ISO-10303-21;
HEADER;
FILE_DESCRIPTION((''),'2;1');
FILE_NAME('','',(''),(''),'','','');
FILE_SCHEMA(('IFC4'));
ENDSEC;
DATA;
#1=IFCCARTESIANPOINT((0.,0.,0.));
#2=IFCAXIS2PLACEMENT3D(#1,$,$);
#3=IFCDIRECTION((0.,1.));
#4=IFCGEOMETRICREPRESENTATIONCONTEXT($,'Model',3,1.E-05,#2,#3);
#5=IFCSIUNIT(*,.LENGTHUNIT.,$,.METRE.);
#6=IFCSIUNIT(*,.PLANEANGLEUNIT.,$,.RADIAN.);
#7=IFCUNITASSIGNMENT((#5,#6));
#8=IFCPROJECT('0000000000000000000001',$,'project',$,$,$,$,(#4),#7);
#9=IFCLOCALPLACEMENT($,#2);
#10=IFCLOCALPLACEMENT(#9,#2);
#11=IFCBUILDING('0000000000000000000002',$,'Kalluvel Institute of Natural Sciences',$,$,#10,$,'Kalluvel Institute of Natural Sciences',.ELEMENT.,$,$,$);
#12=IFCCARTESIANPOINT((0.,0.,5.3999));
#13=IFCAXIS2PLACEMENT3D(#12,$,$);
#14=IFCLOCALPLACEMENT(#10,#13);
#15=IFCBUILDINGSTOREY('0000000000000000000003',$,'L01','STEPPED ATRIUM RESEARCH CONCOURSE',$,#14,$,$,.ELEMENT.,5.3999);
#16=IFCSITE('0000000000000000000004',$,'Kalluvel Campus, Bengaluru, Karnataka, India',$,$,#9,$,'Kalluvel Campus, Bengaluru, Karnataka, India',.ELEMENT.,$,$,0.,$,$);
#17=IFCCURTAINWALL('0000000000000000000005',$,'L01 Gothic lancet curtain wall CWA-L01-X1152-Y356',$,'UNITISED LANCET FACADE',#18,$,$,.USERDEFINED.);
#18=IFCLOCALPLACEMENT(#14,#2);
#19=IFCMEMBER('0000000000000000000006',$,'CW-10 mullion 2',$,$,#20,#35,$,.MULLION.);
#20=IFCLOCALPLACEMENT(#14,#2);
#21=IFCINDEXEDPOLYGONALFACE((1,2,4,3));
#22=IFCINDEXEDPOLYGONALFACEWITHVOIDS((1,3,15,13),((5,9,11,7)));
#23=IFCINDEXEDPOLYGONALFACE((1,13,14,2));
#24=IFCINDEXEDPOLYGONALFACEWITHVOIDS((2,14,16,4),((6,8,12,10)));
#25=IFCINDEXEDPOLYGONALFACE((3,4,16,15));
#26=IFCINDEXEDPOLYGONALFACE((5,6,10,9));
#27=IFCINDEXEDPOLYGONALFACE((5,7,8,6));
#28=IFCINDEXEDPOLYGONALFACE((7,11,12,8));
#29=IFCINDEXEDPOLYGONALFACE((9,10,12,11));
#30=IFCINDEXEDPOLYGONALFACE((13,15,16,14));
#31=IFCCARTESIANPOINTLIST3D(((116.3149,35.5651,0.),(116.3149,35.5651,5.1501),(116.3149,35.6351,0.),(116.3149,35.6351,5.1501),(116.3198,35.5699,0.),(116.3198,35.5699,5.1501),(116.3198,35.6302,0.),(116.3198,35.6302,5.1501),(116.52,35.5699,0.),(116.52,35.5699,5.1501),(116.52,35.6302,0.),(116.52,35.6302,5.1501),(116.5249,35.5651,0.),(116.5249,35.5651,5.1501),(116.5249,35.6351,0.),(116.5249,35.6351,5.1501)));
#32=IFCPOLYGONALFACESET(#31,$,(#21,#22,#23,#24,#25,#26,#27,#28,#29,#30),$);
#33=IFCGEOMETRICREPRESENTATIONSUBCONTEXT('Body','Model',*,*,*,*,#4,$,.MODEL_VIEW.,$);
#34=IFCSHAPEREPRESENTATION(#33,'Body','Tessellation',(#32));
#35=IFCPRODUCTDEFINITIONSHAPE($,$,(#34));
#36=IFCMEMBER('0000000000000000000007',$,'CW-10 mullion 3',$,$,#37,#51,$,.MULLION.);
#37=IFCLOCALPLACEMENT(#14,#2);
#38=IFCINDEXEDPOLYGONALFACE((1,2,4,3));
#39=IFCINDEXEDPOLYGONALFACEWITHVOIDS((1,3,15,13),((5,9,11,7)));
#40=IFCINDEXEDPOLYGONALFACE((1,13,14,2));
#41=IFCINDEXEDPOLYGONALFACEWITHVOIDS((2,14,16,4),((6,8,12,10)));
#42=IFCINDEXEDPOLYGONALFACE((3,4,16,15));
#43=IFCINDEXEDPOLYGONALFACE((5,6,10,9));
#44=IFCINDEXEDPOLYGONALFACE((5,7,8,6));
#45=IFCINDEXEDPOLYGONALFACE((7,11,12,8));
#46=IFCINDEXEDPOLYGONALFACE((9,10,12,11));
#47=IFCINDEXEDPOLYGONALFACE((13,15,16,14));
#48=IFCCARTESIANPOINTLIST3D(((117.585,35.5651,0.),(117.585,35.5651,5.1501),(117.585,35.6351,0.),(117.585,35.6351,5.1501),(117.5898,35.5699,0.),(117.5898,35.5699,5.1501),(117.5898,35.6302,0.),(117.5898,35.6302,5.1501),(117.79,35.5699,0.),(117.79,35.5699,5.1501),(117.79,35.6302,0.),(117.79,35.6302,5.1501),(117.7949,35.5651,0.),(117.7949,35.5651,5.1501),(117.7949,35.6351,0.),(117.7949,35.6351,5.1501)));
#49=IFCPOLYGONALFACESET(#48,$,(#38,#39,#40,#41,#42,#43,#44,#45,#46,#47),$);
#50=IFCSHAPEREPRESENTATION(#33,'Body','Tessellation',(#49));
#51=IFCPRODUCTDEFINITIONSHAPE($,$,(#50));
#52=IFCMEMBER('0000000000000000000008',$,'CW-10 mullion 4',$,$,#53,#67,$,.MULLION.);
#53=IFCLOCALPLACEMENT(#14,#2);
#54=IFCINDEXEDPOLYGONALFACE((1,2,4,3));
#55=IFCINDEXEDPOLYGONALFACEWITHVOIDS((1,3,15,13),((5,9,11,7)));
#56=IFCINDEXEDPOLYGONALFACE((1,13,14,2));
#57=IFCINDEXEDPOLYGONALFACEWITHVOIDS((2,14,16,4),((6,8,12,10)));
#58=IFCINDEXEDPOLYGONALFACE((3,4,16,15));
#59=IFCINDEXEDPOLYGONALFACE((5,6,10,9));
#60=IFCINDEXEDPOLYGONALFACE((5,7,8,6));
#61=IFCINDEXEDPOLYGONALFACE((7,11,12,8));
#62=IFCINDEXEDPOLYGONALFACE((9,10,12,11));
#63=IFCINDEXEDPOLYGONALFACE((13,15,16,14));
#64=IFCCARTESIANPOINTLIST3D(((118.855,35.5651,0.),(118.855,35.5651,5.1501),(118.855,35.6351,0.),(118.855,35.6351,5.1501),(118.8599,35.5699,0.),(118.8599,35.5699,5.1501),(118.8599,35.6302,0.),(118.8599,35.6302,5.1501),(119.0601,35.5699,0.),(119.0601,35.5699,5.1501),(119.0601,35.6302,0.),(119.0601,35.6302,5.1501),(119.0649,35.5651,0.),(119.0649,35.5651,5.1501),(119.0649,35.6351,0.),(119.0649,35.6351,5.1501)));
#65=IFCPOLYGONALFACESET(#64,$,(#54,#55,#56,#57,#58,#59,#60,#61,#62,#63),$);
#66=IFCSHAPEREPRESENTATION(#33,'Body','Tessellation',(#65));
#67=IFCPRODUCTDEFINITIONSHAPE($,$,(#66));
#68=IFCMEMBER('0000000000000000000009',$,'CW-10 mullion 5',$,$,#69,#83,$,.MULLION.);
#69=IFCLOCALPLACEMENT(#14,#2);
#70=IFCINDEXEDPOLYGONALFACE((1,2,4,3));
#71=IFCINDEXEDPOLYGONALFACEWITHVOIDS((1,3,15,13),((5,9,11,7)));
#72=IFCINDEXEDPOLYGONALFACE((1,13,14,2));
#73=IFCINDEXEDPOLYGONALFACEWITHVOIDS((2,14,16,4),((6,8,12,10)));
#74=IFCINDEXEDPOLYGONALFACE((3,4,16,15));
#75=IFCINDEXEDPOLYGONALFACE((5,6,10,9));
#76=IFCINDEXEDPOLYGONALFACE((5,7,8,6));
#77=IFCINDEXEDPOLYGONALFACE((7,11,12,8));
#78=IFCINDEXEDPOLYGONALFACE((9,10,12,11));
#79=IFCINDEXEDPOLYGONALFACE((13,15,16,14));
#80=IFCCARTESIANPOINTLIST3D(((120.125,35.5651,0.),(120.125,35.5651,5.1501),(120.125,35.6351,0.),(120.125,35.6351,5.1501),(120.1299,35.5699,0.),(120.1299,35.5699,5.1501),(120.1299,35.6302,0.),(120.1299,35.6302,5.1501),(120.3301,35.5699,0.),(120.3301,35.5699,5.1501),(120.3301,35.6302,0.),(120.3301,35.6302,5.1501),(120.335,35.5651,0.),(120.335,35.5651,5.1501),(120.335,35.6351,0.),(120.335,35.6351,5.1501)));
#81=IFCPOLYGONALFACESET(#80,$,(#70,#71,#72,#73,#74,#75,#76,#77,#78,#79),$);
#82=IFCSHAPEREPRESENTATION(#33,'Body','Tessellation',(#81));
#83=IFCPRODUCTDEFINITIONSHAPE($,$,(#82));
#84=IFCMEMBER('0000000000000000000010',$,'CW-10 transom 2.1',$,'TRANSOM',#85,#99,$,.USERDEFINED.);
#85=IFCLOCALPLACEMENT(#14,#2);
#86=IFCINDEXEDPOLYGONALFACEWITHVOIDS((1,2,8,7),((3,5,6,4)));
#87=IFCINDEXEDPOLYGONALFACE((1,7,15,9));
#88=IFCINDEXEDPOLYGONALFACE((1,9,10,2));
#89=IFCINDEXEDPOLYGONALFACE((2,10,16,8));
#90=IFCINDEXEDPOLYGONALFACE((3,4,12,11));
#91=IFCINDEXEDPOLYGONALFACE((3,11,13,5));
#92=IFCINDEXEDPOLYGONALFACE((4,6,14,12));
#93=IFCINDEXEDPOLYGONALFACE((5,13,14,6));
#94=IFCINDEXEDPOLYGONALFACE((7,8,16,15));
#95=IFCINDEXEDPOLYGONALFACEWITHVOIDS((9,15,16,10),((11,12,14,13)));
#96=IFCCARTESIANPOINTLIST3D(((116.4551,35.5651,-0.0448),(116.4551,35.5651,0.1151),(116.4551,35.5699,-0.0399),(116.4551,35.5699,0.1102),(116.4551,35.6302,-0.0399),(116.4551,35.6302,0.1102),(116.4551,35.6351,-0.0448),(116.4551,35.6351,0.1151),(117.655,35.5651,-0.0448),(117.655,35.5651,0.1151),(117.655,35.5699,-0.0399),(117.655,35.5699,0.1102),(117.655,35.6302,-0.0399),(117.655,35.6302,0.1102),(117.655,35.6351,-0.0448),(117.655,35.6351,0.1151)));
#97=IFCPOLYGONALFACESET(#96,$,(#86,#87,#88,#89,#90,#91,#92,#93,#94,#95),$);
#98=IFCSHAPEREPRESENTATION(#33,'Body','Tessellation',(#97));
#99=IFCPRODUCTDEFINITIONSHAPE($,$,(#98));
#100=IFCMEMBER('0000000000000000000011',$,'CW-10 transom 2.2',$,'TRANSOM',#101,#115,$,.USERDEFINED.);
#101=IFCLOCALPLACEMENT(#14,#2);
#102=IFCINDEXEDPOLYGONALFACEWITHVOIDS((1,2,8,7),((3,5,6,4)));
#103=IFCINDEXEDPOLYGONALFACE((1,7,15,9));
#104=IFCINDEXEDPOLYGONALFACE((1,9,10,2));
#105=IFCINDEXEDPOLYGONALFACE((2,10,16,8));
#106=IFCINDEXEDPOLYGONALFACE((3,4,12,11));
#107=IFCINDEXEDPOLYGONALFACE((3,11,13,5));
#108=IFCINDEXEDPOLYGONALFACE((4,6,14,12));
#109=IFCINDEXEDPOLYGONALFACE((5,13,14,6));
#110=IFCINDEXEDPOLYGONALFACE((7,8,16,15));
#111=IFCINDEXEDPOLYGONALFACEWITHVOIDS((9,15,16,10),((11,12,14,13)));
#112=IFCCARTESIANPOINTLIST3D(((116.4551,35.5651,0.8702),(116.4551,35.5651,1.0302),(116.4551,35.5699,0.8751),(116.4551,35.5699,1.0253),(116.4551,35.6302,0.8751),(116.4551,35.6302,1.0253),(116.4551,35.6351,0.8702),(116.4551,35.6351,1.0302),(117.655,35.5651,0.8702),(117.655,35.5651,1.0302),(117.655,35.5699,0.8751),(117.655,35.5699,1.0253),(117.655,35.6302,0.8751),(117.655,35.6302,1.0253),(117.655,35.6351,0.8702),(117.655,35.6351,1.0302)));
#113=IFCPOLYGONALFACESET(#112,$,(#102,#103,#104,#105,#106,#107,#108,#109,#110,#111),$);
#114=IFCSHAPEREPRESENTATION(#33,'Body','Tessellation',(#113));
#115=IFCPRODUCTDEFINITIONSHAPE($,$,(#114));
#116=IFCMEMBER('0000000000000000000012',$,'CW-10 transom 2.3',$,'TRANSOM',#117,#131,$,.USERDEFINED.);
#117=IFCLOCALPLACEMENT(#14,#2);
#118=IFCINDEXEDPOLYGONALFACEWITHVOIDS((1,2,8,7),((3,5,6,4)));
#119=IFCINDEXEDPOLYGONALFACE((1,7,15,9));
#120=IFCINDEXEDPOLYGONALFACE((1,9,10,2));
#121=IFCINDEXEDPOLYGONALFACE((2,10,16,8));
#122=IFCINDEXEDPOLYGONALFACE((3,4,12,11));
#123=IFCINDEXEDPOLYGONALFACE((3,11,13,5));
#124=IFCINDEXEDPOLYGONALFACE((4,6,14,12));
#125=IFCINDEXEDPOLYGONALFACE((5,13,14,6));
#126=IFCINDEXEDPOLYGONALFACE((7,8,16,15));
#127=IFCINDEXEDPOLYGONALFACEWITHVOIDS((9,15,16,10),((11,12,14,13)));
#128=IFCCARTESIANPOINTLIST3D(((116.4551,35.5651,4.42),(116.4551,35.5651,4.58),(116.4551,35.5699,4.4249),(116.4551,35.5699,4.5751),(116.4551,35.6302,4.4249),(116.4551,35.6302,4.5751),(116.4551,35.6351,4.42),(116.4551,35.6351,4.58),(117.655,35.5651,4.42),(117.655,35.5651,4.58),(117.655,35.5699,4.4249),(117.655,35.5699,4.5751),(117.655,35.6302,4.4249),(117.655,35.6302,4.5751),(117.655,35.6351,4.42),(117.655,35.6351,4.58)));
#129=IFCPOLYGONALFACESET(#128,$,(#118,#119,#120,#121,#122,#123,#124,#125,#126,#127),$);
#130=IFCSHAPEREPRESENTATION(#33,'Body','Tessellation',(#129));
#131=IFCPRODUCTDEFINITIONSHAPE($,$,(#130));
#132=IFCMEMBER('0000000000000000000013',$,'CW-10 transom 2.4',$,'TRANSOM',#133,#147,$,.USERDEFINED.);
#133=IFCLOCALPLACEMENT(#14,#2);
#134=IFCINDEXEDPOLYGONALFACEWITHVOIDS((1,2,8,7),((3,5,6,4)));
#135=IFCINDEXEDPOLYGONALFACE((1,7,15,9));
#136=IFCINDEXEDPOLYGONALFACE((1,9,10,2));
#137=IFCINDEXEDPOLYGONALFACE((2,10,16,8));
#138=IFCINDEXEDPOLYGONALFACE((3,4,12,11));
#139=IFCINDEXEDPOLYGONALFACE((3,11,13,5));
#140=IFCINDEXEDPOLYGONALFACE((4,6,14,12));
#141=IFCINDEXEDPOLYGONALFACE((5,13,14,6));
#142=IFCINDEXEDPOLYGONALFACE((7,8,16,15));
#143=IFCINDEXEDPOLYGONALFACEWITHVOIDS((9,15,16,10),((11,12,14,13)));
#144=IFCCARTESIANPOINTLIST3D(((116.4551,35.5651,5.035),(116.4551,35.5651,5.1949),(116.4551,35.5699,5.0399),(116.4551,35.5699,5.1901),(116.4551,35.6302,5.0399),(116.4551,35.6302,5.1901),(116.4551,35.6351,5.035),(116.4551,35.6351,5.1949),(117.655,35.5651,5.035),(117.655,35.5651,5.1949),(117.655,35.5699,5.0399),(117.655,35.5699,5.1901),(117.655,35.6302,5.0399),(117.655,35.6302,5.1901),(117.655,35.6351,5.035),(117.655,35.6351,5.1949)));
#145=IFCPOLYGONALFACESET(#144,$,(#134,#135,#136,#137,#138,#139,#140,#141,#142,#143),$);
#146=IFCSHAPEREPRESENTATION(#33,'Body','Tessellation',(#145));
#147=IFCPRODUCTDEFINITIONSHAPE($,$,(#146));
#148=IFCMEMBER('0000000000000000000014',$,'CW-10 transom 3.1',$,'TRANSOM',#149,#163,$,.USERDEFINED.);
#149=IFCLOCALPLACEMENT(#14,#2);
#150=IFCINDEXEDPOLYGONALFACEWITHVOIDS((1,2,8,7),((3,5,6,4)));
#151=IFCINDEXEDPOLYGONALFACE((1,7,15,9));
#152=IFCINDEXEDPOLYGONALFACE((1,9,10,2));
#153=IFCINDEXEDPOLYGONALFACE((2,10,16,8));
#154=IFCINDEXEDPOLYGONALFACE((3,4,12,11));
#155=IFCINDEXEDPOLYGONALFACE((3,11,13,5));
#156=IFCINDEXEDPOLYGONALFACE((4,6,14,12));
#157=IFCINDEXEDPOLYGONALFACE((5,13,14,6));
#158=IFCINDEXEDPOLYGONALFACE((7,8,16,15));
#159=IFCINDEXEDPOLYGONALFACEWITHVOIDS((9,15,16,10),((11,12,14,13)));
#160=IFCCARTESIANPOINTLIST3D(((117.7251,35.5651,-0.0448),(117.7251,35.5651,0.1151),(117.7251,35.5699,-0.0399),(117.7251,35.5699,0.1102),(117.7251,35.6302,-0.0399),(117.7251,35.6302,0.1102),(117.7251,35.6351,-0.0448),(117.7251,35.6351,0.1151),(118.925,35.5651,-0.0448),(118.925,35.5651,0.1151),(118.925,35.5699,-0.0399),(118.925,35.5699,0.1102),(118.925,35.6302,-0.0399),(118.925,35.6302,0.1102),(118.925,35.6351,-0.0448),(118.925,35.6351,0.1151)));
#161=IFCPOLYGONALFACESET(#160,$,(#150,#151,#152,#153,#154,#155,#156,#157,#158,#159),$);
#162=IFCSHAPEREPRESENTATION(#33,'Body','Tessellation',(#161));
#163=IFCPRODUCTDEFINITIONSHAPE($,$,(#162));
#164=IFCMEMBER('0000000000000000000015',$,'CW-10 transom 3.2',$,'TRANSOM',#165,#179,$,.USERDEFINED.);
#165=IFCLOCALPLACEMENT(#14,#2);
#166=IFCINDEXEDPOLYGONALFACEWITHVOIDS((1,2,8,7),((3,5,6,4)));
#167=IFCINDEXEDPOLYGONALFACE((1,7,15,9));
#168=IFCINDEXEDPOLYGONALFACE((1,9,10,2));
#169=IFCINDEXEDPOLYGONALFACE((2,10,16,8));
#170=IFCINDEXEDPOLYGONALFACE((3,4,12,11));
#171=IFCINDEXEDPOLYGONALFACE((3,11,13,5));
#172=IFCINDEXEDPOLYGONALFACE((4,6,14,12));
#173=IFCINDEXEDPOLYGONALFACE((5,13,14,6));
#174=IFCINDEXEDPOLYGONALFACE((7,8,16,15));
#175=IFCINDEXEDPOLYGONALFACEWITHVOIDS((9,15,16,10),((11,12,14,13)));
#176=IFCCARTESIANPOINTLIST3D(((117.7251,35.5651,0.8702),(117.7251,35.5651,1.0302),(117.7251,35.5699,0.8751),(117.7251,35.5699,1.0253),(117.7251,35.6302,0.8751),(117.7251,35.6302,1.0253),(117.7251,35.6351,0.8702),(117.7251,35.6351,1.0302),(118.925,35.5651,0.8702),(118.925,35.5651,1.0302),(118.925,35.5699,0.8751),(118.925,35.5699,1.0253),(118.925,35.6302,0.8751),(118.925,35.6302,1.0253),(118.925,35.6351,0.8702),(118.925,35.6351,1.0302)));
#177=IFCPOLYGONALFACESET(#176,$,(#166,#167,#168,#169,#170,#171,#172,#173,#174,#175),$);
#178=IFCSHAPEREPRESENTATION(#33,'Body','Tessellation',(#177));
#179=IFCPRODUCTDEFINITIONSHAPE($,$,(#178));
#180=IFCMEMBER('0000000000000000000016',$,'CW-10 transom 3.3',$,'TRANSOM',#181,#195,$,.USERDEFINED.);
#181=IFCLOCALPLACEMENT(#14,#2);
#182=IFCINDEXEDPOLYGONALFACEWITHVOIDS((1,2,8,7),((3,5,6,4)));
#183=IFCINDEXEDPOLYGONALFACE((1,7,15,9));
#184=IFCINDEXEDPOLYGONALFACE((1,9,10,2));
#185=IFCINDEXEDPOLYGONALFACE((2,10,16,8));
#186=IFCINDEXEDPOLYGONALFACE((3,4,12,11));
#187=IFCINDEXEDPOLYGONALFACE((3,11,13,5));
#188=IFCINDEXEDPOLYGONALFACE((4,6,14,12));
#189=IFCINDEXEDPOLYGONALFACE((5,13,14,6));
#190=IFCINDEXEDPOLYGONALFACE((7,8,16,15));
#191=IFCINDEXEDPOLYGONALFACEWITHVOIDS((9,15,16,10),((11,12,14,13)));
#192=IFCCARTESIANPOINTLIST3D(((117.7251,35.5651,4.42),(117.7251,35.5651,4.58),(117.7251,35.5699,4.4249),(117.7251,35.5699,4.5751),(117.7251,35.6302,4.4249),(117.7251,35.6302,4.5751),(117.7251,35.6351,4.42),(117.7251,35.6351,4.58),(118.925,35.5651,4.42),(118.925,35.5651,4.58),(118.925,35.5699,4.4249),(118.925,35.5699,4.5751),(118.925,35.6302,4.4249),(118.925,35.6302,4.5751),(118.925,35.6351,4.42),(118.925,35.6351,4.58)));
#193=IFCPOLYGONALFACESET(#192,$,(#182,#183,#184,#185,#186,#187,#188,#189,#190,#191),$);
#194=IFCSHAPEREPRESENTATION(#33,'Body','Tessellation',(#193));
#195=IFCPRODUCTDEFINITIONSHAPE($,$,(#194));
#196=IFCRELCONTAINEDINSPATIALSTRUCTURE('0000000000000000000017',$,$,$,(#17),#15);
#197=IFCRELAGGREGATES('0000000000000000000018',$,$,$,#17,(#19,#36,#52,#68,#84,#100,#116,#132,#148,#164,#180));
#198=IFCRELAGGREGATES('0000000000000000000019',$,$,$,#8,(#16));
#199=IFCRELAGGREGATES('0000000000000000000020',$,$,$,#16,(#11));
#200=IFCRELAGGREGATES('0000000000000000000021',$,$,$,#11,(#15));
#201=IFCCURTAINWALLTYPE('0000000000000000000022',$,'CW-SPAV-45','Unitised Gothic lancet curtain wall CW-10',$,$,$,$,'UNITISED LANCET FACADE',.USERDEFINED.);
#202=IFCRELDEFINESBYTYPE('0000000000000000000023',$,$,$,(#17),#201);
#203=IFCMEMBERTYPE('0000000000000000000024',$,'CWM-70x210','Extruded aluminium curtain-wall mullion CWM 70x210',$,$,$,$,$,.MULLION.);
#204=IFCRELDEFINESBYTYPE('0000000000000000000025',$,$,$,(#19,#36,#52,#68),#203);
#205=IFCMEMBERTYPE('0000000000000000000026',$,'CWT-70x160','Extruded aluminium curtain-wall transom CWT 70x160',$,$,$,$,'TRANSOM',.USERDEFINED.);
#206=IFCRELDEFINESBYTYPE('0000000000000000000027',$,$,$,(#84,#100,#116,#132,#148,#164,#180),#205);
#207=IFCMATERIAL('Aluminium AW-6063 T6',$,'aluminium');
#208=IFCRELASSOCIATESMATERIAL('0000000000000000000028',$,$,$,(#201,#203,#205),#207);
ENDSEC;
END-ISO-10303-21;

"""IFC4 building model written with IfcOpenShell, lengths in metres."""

from ifc_helpers import new_model, si_unit, direction, frame, origin, origin_2d, place, context, subcontext, project, spatial, hollow_rectangle, extrude, material, material_profile, profile_set, type_object, element, aggregate, save


model = new_model("IFC4")

# Units and contexts
model_context = context("Model", 3, precision=1e-05, world=origin(), true_north=direction((0.0, 1.0)))
body_context = subcontext(model_context, "Body", "Model", "MODEL_VIEW")
ifc_project = project(units=[si_unit("LENGTHUNIT", "METRE"), si_unit("PLANEANGLEUNIT", "RADIAN")], contexts=[model_context])

# Site, building, storey
site_placement = place(None, origin())
site = spatial("IfcSite", under=ifc_project, at=site_placement, Name="Kalluvel Campus, Bengaluru, Karnataka, India", LongName="Kalluvel Campus, Bengaluru, Karnataka, India", CompositionType="ELEMENT", RefElevation=0.0)
building_placement = place(site_placement, origin())
building = spatial("IfcBuilding", under=site, at=building_placement, Name="Kalluvel Institute of Natural Sciences", LongName="Kalluvel Institute of Natural Sciences", CompositionType="ELEMENT")
storey_placement = place(building_placement, frame((0.0, 0.0, 5.3999)))
storey = spatial("IfcBuildingStorey", under=building, at=storey_placement, Name="L01", Description="STEPPED ATRIUM RESEARCH CONCOURSE", CompositionType="ELEMENT", Elevation=5.3999)

# Curtain wall, members
ifc_material_1 = material(Name="Aluminium AW-6063 T6", Category="aluminium")
curtain_wall_type = type_object("IfcCurtainWallType", Name="CW-SPAV-45", Description="Unitised Gothic lancet curtain wall CW-10", ElementType="UNITISED LANCET FACADE", PredefinedType="USERDEFINED", material=ifc_material_1)
curtain_wall_placement = place(storey_placement, origin())
curtain_wall = element("IfcCurtainWall", 1, at=curtain_wall_placement, inside=storey, type_object=curtain_wall_type, Name="L01 Gothic lancet curtain wall CWA-L01-X1152-Y356", ObjectType="UNITISED LANCET FACADE", PredefinedType="USERDEFINED")
ifc_material_profile_1 = material_profile(ifc_material_1, hollow_rectangle(XDim=0.0701, YDim=0.21, WallThickness=0.0049, at=origin_2d()), Name="CWM 70x210")
ifc_profile_set_1 = profile_set([ifc_material_profile_1], Name="Aluminium AW-6063 T6")
member_type_1 = type_object("IfcMemberType", Name="CWM-70x210", Description="Extruded aluminium curtain-wall mullion CWM 70x210", PredefinedType="MULLION", material=ifc_profile_set_1)
member_1_placement = place(storey_placement, frame((116.4199, 35.6001, 0.0), z_axis=(0.0, 0.0, 1.0), x_axis=(0.0, 1.0, 0.0)))
member_1 = element("IfcMember", 2, at=member_1_placement, type_object=member_type_1, Name="CW-10 mullion 2", PredefinedType="MULLION", context=body_context, shape_type="SweptSolid", body=[
    extrude(hollow_rectangle(XDim=0.0701, YDim=0.21, WallThickness=0.0049, at=origin_2d()), origin(), (0.0, 0.0, 1.0), 5.1501),
])
member_2_placement = place(storey_placement, frame((117.6899, 35.6001, 0.0), z_axis=(0.0, 0.0, 1.0), x_axis=(0.0, 1.0, 0.0)))
member_2 = element("IfcMember", 3, at=member_2_placement, type_object=member_type_1, Name="CW-10 mullion 3", PredefinedType="MULLION", context=body_context, shape_type="SweptSolid", body=[
    extrude(hollow_rectangle(XDim=0.0701, YDim=0.21, WallThickness=0.0049, at=origin_2d()), origin(), (0.0, 0.0, 1.0), 5.1501),
])
member_3_placement = place(storey_placement, frame((118.96, 35.6001, 0.0), z_axis=(0.0, 0.0, 1.0), x_axis=(0.0, 1.0, 0.0)))
member_3 = element("IfcMember", 4, at=member_3_placement, type_object=member_type_1, Name="CW-10 mullion 4", PredefinedType="MULLION", context=body_context, shape_type="SweptSolid", body=[
    extrude(hollow_rectangle(XDim=0.0701, YDim=0.21, WallThickness=0.0049, at=origin_2d()), origin(), (0.0, 0.0, 1.0), 5.1501),
])
member_4_placement = place(storey_placement, frame((120.23, 35.6001, 0.0), z_axis=(0.0, 0.0, 1.0), x_axis=(0.0, 1.0, 0.0)))
member_4 = element("IfcMember", 5, at=member_4_placement, type_object=member_type_1, Name="CW-10 mullion 5", PredefinedType="MULLION", context=body_context, shape_type="SweptSolid", body=[
    extrude(hollow_rectangle(XDim=0.0701, YDim=0.21, WallThickness=0.0049, at=origin_2d()), origin(), (0.0, 0.0, 1.0), 5.1501),
])
ifc_material_profile_2 = material_profile(ifc_material_1, hollow_rectangle(XDim=0.0701, YDim=0.1599, WallThickness=0.0049, at=origin_2d()), Name="CWT 70x160")
ifc_profile_set_2 = profile_set([ifc_material_profile_2], Name="Aluminium AW-6063 T6")
member_type_2 = type_object("IfcMemberType", Name="CWT-70x160", Description="Extruded aluminium curtain-wall transom CWT 70x160", ElementType="TRANSOM", PredefinedType="USERDEFINED", material=ifc_profile_set_2)
member_5_placement = place(storey_placement, frame((116.4551, 35.6001, 0.0352), z_axis=(1.0, 0.0, 0.0), x_axis=(0.0, 1.0, 0.0)))
member_5 = element("IfcMember", 6, at=member_5_placement, type_object=member_type_2, Name="CW-10 transom 2.1", ObjectType="TRANSOM", PredefinedType="USERDEFINED", context=body_context, shape_type="SweptSolid", body=[
    extrude(hollow_rectangle(XDim=0.0701, YDim=0.1599, WallThickness=0.0049, at=origin_2d()), origin(), (0.0, 0.0, 1.0), 1.2),
])
member_6_placement = place(storey_placement, frame((116.4551, 35.6001, 0.9502), z_axis=(1.0, 0.0, 0.0), x_axis=(0.0, 1.0, 0.0)))
member_6 = element("IfcMember", 7, at=member_6_placement, type_object=member_type_2, Name="CW-10 transom 2.2", ObjectType="TRANSOM", PredefinedType="USERDEFINED", context=body_context, shape_type="SweptSolid", body=[
    extrude(hollow_rectangle(XDim=0.0701, YDim=0.1599, WallThickness=0.0049, at=origin_2d()), origin(), (0.0, 0.0, 1.0), 1.2),
])
member_7_placement = place(storey_placement, frame((116.4551, 35.6001, 4.5), z_axis=(1.0, 0.0, 0.0), x_axis=(0.0, 1.0, 0.0)))
member_7 = element("IfcMember", 8, at=member_7_placement, type_object=member_type_2, Name="CW-10 transom 2.3", ObjectType="TRANSOM", PredefinedType="USERDEFINED", context=body_context, shape_type="SweptSolid", body=[
    extrude(hollow_rectangle(XDim=0.0701, YDim=0.1599, WallThickness=0.0049, at=origin_2d()), origin(), (0.0, 0.0, 1.0), 1.2),
])
member_8_placement = place(storey_placement, frame((116.4551, 35.6001, 5.115), z_axis=(1.0, 0.0, 0.0), x_axis=(0.0, 1.0, 0.0)))
member_8 = element("IfcMember", 9, at=member_8_placement, type_object=member_type_2, Name="CW-10 transom 2.4", ObjectType="TRANSOM", PredefinedType="USERDEFINED", context=body_context, shape_type="SweptSolid", body=[
    extrude(hollow_rectangle(XDim=0.0701, YDim=0.1599, WallThickness=0.0049, at=origin_2d()), origin(), (0.0, 0.0, 1.0), 1.2),
])
member_9_placement = place(storey_placement, frame((117.7251, 35.6001, 0.0352), z_axis=(1.0, 0.0, 0.0), x_axis=(0.0, 1.0, 0.0)))
member_9 = element("IfcMember", 10, at=member_9_placement, type_object=member_type_2, Name="CW-10 transom 3.1", ObjectType="TRANSOM", PredefinedType="USERDEFINED", context=body_context, shape_type="SweptSolid", body=[
    extrude(hollow_rectangle(XDim=0.0701, YDim=0.1599, WallThickness=0.0049, at=origin_2d()), origin(), (0.0, 0.0, 1.0), 1.2),
])
member_10_placement = place(storey_placement, frame((117.7251, 35.6001, 0.9502), z_axis=(1.0, 0.0, 0.0), x_axis=(0.0, 1.0, 0.0)))
member_10 = element("IfcMember", 11, at=member_10_placement, type_object=member_type_2, Name="CW-10 transom 3.2", ObjectType="TRANSOM", PredefinedType="USERDEFINED", context=body_context, shape_type="SweptSolid", body=[
    extrude(hollow_rectangle(XDim=0.0701, YDim=0.1599, WallThickness=0.0049, at=origin_2d()), origin(), (0.0, 0.0, 1.0), 1.2),
])
member_11_placement = place(storey_placement, frame((117.7251, 35.6001, 4.5), z_axis=(1.0, 0.0, 0.0), x_axis=(0.0, 1.0, 0.0)))
member_11 = element("IfcMember", 12, at=member_11_placement, type_object=member_type_2, Name="CW-10 transom 3.3", ObjectType="TRANSOM", PredefinedType="USERDEFINED", context=body_context, shape_type="SweptSolid", body=[
    extrude(hollow_rectangle(XDim=0.0701, YDim=0.1599, WallThickness=0.0049, at=origin_2d()), origin(), (0.0, 0.0, 1.0), 1.2),
])
aggregate(curtain_wall, [member_1, member_2, member_3, member_4, member_5, member_6, member_7, member_8, member_9, member_10, member_11])

save(model, "model.ifc")
